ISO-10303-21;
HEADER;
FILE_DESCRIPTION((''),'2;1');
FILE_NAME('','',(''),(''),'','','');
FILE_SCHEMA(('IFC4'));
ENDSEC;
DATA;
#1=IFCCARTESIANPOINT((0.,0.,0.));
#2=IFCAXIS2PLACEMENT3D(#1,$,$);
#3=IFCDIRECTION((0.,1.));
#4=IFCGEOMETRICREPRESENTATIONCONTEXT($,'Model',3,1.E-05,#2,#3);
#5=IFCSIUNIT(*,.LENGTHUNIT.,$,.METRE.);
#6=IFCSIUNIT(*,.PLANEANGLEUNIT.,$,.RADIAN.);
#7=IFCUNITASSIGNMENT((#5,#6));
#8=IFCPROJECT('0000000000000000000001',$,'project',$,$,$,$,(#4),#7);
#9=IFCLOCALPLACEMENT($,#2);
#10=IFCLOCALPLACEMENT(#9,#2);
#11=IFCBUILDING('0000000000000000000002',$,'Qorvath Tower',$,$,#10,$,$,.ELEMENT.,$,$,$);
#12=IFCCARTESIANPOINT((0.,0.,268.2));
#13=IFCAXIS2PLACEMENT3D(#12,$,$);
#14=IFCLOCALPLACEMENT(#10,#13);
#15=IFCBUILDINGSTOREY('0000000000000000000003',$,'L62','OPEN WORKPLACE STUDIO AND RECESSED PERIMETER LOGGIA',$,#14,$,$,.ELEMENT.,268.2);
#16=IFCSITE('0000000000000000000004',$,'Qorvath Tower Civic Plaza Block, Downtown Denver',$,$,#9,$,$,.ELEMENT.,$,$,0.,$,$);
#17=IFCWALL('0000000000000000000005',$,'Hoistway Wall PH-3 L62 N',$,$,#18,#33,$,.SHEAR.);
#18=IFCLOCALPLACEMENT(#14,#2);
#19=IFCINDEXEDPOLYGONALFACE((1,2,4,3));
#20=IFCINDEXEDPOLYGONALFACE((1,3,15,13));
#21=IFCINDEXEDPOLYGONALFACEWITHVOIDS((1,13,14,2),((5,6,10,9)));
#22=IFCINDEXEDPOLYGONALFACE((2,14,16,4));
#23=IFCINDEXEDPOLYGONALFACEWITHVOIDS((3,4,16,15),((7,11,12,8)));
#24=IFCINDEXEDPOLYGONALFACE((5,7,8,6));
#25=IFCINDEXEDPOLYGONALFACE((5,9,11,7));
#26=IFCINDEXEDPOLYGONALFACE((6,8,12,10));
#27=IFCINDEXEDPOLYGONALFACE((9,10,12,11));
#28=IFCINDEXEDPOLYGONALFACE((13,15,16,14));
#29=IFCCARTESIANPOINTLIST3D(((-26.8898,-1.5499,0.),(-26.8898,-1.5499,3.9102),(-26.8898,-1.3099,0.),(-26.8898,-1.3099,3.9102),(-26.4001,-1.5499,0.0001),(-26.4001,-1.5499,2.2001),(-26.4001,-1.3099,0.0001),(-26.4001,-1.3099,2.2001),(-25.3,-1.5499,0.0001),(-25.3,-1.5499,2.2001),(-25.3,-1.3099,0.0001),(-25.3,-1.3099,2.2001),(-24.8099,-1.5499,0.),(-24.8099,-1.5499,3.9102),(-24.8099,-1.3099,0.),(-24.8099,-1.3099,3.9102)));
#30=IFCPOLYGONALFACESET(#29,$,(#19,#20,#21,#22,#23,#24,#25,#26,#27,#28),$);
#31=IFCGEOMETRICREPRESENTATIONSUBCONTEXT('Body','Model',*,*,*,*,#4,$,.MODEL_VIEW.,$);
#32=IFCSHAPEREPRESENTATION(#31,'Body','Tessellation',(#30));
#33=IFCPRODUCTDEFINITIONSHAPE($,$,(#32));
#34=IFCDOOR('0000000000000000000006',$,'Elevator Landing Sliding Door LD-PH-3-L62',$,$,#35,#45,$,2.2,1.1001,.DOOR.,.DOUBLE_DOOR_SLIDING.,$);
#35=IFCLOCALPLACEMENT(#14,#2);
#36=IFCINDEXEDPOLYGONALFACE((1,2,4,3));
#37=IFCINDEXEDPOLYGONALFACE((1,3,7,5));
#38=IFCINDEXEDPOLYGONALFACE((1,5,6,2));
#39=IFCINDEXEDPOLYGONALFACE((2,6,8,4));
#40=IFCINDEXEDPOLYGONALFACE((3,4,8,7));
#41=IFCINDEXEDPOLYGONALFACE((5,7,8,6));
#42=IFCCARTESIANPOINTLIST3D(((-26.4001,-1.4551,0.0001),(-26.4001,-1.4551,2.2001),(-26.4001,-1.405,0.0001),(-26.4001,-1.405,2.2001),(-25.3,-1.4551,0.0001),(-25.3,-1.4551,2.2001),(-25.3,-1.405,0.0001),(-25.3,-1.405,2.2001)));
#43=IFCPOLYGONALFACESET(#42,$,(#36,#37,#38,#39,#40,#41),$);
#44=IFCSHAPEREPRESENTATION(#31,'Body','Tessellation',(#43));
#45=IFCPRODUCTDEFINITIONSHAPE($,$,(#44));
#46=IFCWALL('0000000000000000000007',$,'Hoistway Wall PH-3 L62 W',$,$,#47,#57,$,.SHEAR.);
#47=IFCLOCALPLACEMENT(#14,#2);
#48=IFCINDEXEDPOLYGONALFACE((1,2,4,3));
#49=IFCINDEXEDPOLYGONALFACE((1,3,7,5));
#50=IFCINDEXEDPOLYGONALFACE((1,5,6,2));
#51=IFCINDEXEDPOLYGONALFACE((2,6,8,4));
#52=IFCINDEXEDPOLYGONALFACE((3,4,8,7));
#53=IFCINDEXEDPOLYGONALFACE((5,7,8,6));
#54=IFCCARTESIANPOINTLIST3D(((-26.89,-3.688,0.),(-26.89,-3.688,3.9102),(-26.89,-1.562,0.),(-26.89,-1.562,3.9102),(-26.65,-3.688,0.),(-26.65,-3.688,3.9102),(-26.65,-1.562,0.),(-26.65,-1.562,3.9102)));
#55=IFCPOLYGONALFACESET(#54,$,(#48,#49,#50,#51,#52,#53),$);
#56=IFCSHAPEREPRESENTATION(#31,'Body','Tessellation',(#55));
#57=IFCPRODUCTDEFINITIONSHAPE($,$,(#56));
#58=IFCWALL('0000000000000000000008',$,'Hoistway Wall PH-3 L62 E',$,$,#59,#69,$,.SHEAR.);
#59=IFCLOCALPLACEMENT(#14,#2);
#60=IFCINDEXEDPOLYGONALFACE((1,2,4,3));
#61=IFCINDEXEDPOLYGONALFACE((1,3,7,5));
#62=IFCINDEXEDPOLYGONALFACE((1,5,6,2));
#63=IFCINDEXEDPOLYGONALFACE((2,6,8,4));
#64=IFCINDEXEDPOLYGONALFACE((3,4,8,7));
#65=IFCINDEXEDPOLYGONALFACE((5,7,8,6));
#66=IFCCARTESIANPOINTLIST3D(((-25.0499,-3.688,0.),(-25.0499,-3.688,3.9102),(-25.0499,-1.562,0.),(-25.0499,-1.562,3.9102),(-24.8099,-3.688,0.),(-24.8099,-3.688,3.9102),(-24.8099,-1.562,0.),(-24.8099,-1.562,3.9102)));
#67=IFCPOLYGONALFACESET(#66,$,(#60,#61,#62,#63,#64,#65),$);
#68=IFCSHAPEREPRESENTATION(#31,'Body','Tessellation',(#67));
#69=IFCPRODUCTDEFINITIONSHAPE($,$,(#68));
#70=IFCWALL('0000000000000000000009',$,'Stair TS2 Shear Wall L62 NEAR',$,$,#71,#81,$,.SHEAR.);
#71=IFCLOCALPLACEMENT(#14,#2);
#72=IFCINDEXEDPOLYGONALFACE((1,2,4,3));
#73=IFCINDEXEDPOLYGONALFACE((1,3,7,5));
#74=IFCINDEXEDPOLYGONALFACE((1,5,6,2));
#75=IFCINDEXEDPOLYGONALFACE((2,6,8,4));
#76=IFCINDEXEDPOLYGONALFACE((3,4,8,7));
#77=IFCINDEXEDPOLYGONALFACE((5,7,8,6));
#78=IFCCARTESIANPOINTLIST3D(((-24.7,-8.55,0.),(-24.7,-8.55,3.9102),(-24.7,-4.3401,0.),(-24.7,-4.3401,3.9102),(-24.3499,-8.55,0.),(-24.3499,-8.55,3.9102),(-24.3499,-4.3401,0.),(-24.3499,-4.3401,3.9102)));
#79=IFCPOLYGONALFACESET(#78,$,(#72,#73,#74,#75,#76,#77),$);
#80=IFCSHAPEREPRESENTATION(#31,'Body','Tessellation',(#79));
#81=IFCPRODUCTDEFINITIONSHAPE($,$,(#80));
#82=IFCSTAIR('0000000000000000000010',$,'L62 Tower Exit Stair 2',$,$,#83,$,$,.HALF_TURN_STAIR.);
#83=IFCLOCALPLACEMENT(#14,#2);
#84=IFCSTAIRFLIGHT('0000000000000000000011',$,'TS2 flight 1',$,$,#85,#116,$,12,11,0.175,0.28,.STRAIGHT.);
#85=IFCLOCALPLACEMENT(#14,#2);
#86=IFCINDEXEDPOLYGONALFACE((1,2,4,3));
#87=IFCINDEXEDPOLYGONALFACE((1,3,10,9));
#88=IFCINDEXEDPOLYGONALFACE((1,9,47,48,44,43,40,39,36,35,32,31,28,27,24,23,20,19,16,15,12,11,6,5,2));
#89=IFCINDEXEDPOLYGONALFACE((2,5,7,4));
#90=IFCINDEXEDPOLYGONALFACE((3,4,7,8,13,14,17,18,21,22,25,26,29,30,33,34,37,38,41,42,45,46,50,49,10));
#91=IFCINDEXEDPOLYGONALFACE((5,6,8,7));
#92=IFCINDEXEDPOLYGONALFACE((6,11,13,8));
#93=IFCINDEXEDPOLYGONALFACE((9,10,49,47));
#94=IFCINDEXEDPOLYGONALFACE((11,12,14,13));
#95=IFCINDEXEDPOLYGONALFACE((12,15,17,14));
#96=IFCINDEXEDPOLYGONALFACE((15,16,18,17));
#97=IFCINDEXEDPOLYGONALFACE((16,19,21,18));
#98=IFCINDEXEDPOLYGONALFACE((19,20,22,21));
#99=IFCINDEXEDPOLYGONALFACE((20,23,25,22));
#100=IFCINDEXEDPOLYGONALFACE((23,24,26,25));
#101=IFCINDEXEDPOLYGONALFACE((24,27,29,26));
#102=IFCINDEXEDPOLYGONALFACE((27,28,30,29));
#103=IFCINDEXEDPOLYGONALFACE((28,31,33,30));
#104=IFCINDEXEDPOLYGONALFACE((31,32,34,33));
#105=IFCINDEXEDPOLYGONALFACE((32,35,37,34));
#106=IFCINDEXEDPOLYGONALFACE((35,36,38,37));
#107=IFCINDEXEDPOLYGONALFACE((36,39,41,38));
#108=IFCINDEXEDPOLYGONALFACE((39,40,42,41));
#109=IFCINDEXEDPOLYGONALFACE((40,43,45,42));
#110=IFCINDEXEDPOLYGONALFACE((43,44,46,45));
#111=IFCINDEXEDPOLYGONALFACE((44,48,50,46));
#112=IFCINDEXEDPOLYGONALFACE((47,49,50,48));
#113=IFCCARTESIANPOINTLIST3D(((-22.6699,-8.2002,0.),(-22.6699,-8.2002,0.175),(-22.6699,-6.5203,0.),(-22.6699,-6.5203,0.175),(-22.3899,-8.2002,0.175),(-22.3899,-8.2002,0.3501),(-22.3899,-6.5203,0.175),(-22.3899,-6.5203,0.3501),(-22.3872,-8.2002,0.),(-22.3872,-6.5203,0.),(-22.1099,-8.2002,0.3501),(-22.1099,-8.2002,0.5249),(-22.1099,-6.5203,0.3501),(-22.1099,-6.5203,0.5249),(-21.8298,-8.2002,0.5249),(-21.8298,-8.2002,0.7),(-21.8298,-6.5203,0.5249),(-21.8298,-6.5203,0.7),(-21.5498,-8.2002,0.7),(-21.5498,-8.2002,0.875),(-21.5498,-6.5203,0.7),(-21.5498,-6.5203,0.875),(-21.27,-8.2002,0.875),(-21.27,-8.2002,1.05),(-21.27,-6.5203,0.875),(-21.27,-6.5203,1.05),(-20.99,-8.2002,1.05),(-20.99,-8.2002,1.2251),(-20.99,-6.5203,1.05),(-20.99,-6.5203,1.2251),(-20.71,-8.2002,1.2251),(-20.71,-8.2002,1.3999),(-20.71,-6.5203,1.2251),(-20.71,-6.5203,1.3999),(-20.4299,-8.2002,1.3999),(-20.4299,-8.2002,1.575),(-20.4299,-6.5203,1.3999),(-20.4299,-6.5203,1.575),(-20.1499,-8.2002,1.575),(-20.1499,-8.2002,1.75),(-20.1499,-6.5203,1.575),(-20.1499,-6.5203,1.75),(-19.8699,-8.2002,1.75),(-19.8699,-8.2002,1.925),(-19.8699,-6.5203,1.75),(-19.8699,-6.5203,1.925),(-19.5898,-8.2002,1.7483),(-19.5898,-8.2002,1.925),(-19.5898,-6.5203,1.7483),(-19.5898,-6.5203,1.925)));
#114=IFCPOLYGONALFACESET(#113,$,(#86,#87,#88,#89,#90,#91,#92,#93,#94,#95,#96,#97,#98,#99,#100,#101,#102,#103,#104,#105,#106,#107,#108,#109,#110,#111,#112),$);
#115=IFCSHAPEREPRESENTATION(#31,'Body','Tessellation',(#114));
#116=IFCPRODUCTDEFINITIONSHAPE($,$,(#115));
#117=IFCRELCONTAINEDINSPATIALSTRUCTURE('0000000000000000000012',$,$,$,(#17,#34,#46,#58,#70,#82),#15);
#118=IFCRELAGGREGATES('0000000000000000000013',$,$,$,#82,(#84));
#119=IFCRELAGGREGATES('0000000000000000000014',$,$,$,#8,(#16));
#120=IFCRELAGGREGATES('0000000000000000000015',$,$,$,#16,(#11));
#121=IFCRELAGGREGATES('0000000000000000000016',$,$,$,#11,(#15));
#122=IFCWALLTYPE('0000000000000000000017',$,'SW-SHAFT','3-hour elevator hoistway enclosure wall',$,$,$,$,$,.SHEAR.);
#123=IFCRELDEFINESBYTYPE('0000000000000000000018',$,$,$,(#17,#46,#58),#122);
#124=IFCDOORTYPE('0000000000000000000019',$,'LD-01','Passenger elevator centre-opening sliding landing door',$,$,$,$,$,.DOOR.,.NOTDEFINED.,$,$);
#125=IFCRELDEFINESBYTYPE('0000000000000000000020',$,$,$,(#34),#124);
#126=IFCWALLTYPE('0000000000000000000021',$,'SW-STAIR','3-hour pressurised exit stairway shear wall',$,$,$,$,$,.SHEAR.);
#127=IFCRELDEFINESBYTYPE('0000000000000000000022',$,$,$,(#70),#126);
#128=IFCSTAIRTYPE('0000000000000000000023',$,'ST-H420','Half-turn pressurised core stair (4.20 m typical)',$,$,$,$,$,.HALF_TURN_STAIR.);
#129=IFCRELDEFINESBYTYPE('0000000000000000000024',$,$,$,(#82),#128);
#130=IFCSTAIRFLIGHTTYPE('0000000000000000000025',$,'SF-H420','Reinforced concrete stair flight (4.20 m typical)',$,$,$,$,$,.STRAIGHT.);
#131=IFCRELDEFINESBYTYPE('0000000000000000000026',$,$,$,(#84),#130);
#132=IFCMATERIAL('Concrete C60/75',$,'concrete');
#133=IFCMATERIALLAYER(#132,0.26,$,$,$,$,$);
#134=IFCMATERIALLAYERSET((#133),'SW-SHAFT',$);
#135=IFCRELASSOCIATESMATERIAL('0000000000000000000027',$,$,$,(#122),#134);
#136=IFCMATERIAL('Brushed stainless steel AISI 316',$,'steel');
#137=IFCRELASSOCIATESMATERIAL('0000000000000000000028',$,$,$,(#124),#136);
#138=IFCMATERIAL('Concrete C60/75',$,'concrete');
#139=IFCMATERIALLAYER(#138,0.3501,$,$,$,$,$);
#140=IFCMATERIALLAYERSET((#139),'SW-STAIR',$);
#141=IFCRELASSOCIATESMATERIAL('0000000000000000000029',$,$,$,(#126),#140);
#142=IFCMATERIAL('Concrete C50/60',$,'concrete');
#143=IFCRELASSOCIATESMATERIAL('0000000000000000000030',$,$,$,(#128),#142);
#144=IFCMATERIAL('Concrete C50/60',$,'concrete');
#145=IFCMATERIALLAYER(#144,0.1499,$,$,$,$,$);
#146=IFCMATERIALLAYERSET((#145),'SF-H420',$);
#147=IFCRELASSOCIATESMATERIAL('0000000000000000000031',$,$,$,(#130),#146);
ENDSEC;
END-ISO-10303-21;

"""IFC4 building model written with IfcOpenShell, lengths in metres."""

from ifc_helpers import new_model, si_unit, direction, frame, frame_2d, origin, place, context, subcontext, project, spatial, polyline, rectangle, outline, extrude, material, layer, layer_set, type_object, element, fill, aggregate, save


model = new_model("IFC4")

# Units and contexts
model_context = context("Model", 3, precision=1e-05, world=origin(), true_north=direction((0.0, 1.0)))
body_context = subcontext(model_context, "Body", "Model", "MODEL_VIEW")
ifc_project = project(units=[si_unit("LENGTHUNIT", "METRE"), si_unit("PLANEANGLEUNIT", "RADIAN")], contexts=[model_context])

# Site, building, storey
site_placement = place(None, origin())
site = spatial("IfcSite", under=ifc_project, at=site_placement, Name="Qorvath Tower Civic Plaza Block, Downtown Denver", CompositionType="ELEMENT", RefElevation=0.0)
building_placement = place(site_placement, origin())
building = spatial("IfcBuilding", under=site, at=building_placement, Name="Qorvath Tower", CompositionType="ELEMENT")
storey_placement = place(building_placement, frame((0.0, 0.0, 268.2)))
storey = spatial("IfcBuildingStorey", under=building, at=storey_placement, Name="L62", Description="OPEN WORKPLACE STUDIO AND RECESSED PERIMETER LOGGIA", CompositionType="ELEMENT", Elevation=268.2)

# Shared definitions
ifc_material_1 = material(Name="Concrete C60/75", Category="concrete")
ifc_layer_1 = layer(ifc_material_1, 0.26)
ifc_layer_set_1 = layer_set([ifc_layer_1], Name="SW-SHAFT")
wall_type_1 = type_object("IfcWallType", Name="SW-SHAFT", Description="3-hour elevator hoistway enclosure wall", PredefinedType="SHEAR", material=ifc_layer_set_1)

# Wall, opening, door
wall_1_placement = place(storey_placement, frame((-26.8899, -1.4299, 0.0), z_axis=(0.0, 0.0, 1.0), x_axis=(1.0, 0.0, 0.0)))
wall_1 = element("IfcWall", 1, at=wall_1_placement, inside=storey, type_object=wall_type_1, Name="Hoistway Wall PH-3 L62 N", PredefinedType="SHEAR", context=body_context, shape_type="SweptSolid", body=[
    extrude(rectangle(XDim=2.0798, YDim=0.24, at=frame_2d((1.04, 0.0))), origin(), (0.0, 0.0, 1.0), 3.9102),
])
opening_1_placement = place(wall_1_placement, frame((0.4897, 0.0, 0.0)))
opening_1 = element("IfcOpeningElement", 2, at=opening_1_placement, cuts=wall_1, PredefinedType="OPENING", context=body_context, shape_type="SweptSolid", body=[
    extrude(rectangle(XDim=1.1001, YDim=2.2, at=frame_2d((0.55, 1.1001))), frame((0.0, 0.1299, 0.0), z_axis=(0.0, -1.0, 0.0), x_axis=(1.0, 0.0, 0.0)), (0.0, 0.0, 1.0), 0.26),
])
ifc_material_2 = material(Name="Brushed stainless steel AISI 316", Category="steel")
door_type_1 = type_object("IfcDoorType", Name="LD-01", Description="Passenger elevator centre-opening sliding landing door", OperationType="NOTDEFINED", PredefinedType="DOOR", material=ifc_material_2)
door_1_placement = place(opening_1_placement, origin())
door_1 = element("IfcDoor", 3, at=door_1_placement, inside=storey, type_object=door_type_1, Name="Elevator Landing Sliding Door LD-PH-3-L62", OperationType="DOUBLE_DOOR_SLIDING", OverallHeight=2.2, OverallWidth=1.1001, PredefinedType="DOOR", context=body_context, shape_type="SweptSolid", body=[
    extrude(rectangle(XDim=1.1001, YDim=2.2, at=frame_2d((0.55, 1.1001))), frame((0.0, 0.0249, 0.0), z_axis=(0.0, -1.0, 0.0), x_axis=(1.0, 0.0, 0.0)), (0.0, 0.0, 1.0), 0.05),
])
fill(opening_1, door_1)

# Walls
for number, where, z_axis, x_axis, name in (
    (4, (-26.77, -3.688, 0.0), (0.0, 0.0, 1.0), (0.0, 1.0, 0.0), "Hoistway Wall PH-3 L62 W"),
    (5, (-24.9299, -1.562, 0.0), (0.0, 0.0, 1.0), (0.0, -1.0, 0.0), "Hoistway Wall PH-3 L62 E"),
):
    element("IfcWall", number, at=place(storey_placement, frame(where, z_axis=z_axis, x_axis=x_axis)), inside=storey, type_object=wall_type_1, Name=name, PredefinedType="SHEAR", context=body_context, shape_type="SweptSolid", body=[
        extrude(rectangle(XDim=2.126, YDim=0.24, at=frame_2d((1.063, 0.0))), origin(), (0.0, 0.0, 1.0), 3.9102),
    ])
ifc_material_3 = material(Name="Concrete C60/75", Category="concrete")
ifc_layer_2 = layer(ifc_material_3, 0.3501)
ifc_layer_set_2 = layer_set([ifc_layer_2], Name="SW-STAIR")
wall_type_2 = type_object("IfcWallType", Name="SW-STAIR", Description="3-hour pressurised exit stairway shear wall", PredefinedType="SHEAR", material=ifc_layer_set_2)
wall_2_placement = place(storey_placement, frame((-24.5249, -4.3401, 0.0), z_axis=(0.0, 0.0, 1.0), x_axis=(0.0, -1.0, 0.0)))
element("IfcWall", 6, at=wall_2_placement, inside=storey, type_object=wall_type_2, Name="Stair TS2 Shear Wall L62 NEAR", PredefinedType="SHEAR", context=body_context, shape_type="SweptSolid", body=[
    extrude(rectangle(XDim=4.21, YDim=0.3501, at=frame_2d((2.105, 0.0))), origin(), (0.0, 0.0, 1.0), 3.9102),
])

# Stair, stair flight
ifc_material_4 = material(Name="Concrete C50/60", Category="concrete")
stair_type = type_object("IfcStairType", Name="ST-H420", Description="Half-turn pressurised core stair (4.20 m typical)", PredefinedType="HALF_TURN_STAIR", material=ifc_material_4)
stair_placement = place(storey_placement, origin())
stair = element("IfcStair", 7, at=stair_placement, inside=storey, type_object=stair_type, Name="L62 Tower Exit Stair 2", PredefinedType="HALF_TURN_STAIR")
ifc_material_5 = material(Name="Concrete C50/60", Category="concrete")
ifc_layer_3 = layer(ifc_material_5, 0.1499)
ifc_layer_set_3 = layer_set([ifc_layer_3], Name="SF-H420")
stair_flight_type = type_object("IfcStairFlightType", Name="SF-H420", Description="Reinforced concrete stair flight (4.20 m typical)", PredefinedType="STRAIGHT", material=ifc_layer_set_3)
stair_flight_placement = place(storey_placement, frame((-22.6699, -7.3601, 0.0), z_axis=(0.0, 0.0, 1.0), x_axis=(1.0, 0.0, 0.0)))
stair_flight = element("IfcStairFlight", 8, at=stair_flight_placement, type_object=stair_flight_type, Name="TS2 flight 1", NumberOfRisers=12, NumberOfTreads=11, PredefinedType="STRAIGHT", RiserHeight=0.175, TreadLength=0.28, context=body_context, shape_type="SweptSolid", body=[
    extrude(outline(polyline([(0.0, 0.0), (0.0, 0.175), (0.28, 0.175), (0.28, 0.3501), (0.5601, 0.3501), (0.5601, 0.5249), (0.8401, 0.5249), (0.8401, 0.7), (1.1201, 0.7), (1.1201, 0.875), (1.3999, 0.875), (1.3999, 1.05), (1.6799, 1.05), (1.6799, 1.2251), (1.96, 1.2251), (1.96, 1.3999), (2.24, 1.3999), (2.24, 1.575), (2.52, 1.575), (2.52, 1.75), (2.8, 1.75), (2.8, 1.925), (3.0801, 1.925), (3.0801, 2.1001), (3.0801, 1.7483), (0.2827, 0.0), (0.0, 0.0)])), frame((0.0, 0.8398, 0.0), z_axis=(0.0, -1.0, 0.0), x_axis=(1.0, 0.0, 0.0)), (0.0, 0.0, 1.0), 1.6799),
])
aggregate(stair, [stair_flight])

save(model, "model.ifc")
